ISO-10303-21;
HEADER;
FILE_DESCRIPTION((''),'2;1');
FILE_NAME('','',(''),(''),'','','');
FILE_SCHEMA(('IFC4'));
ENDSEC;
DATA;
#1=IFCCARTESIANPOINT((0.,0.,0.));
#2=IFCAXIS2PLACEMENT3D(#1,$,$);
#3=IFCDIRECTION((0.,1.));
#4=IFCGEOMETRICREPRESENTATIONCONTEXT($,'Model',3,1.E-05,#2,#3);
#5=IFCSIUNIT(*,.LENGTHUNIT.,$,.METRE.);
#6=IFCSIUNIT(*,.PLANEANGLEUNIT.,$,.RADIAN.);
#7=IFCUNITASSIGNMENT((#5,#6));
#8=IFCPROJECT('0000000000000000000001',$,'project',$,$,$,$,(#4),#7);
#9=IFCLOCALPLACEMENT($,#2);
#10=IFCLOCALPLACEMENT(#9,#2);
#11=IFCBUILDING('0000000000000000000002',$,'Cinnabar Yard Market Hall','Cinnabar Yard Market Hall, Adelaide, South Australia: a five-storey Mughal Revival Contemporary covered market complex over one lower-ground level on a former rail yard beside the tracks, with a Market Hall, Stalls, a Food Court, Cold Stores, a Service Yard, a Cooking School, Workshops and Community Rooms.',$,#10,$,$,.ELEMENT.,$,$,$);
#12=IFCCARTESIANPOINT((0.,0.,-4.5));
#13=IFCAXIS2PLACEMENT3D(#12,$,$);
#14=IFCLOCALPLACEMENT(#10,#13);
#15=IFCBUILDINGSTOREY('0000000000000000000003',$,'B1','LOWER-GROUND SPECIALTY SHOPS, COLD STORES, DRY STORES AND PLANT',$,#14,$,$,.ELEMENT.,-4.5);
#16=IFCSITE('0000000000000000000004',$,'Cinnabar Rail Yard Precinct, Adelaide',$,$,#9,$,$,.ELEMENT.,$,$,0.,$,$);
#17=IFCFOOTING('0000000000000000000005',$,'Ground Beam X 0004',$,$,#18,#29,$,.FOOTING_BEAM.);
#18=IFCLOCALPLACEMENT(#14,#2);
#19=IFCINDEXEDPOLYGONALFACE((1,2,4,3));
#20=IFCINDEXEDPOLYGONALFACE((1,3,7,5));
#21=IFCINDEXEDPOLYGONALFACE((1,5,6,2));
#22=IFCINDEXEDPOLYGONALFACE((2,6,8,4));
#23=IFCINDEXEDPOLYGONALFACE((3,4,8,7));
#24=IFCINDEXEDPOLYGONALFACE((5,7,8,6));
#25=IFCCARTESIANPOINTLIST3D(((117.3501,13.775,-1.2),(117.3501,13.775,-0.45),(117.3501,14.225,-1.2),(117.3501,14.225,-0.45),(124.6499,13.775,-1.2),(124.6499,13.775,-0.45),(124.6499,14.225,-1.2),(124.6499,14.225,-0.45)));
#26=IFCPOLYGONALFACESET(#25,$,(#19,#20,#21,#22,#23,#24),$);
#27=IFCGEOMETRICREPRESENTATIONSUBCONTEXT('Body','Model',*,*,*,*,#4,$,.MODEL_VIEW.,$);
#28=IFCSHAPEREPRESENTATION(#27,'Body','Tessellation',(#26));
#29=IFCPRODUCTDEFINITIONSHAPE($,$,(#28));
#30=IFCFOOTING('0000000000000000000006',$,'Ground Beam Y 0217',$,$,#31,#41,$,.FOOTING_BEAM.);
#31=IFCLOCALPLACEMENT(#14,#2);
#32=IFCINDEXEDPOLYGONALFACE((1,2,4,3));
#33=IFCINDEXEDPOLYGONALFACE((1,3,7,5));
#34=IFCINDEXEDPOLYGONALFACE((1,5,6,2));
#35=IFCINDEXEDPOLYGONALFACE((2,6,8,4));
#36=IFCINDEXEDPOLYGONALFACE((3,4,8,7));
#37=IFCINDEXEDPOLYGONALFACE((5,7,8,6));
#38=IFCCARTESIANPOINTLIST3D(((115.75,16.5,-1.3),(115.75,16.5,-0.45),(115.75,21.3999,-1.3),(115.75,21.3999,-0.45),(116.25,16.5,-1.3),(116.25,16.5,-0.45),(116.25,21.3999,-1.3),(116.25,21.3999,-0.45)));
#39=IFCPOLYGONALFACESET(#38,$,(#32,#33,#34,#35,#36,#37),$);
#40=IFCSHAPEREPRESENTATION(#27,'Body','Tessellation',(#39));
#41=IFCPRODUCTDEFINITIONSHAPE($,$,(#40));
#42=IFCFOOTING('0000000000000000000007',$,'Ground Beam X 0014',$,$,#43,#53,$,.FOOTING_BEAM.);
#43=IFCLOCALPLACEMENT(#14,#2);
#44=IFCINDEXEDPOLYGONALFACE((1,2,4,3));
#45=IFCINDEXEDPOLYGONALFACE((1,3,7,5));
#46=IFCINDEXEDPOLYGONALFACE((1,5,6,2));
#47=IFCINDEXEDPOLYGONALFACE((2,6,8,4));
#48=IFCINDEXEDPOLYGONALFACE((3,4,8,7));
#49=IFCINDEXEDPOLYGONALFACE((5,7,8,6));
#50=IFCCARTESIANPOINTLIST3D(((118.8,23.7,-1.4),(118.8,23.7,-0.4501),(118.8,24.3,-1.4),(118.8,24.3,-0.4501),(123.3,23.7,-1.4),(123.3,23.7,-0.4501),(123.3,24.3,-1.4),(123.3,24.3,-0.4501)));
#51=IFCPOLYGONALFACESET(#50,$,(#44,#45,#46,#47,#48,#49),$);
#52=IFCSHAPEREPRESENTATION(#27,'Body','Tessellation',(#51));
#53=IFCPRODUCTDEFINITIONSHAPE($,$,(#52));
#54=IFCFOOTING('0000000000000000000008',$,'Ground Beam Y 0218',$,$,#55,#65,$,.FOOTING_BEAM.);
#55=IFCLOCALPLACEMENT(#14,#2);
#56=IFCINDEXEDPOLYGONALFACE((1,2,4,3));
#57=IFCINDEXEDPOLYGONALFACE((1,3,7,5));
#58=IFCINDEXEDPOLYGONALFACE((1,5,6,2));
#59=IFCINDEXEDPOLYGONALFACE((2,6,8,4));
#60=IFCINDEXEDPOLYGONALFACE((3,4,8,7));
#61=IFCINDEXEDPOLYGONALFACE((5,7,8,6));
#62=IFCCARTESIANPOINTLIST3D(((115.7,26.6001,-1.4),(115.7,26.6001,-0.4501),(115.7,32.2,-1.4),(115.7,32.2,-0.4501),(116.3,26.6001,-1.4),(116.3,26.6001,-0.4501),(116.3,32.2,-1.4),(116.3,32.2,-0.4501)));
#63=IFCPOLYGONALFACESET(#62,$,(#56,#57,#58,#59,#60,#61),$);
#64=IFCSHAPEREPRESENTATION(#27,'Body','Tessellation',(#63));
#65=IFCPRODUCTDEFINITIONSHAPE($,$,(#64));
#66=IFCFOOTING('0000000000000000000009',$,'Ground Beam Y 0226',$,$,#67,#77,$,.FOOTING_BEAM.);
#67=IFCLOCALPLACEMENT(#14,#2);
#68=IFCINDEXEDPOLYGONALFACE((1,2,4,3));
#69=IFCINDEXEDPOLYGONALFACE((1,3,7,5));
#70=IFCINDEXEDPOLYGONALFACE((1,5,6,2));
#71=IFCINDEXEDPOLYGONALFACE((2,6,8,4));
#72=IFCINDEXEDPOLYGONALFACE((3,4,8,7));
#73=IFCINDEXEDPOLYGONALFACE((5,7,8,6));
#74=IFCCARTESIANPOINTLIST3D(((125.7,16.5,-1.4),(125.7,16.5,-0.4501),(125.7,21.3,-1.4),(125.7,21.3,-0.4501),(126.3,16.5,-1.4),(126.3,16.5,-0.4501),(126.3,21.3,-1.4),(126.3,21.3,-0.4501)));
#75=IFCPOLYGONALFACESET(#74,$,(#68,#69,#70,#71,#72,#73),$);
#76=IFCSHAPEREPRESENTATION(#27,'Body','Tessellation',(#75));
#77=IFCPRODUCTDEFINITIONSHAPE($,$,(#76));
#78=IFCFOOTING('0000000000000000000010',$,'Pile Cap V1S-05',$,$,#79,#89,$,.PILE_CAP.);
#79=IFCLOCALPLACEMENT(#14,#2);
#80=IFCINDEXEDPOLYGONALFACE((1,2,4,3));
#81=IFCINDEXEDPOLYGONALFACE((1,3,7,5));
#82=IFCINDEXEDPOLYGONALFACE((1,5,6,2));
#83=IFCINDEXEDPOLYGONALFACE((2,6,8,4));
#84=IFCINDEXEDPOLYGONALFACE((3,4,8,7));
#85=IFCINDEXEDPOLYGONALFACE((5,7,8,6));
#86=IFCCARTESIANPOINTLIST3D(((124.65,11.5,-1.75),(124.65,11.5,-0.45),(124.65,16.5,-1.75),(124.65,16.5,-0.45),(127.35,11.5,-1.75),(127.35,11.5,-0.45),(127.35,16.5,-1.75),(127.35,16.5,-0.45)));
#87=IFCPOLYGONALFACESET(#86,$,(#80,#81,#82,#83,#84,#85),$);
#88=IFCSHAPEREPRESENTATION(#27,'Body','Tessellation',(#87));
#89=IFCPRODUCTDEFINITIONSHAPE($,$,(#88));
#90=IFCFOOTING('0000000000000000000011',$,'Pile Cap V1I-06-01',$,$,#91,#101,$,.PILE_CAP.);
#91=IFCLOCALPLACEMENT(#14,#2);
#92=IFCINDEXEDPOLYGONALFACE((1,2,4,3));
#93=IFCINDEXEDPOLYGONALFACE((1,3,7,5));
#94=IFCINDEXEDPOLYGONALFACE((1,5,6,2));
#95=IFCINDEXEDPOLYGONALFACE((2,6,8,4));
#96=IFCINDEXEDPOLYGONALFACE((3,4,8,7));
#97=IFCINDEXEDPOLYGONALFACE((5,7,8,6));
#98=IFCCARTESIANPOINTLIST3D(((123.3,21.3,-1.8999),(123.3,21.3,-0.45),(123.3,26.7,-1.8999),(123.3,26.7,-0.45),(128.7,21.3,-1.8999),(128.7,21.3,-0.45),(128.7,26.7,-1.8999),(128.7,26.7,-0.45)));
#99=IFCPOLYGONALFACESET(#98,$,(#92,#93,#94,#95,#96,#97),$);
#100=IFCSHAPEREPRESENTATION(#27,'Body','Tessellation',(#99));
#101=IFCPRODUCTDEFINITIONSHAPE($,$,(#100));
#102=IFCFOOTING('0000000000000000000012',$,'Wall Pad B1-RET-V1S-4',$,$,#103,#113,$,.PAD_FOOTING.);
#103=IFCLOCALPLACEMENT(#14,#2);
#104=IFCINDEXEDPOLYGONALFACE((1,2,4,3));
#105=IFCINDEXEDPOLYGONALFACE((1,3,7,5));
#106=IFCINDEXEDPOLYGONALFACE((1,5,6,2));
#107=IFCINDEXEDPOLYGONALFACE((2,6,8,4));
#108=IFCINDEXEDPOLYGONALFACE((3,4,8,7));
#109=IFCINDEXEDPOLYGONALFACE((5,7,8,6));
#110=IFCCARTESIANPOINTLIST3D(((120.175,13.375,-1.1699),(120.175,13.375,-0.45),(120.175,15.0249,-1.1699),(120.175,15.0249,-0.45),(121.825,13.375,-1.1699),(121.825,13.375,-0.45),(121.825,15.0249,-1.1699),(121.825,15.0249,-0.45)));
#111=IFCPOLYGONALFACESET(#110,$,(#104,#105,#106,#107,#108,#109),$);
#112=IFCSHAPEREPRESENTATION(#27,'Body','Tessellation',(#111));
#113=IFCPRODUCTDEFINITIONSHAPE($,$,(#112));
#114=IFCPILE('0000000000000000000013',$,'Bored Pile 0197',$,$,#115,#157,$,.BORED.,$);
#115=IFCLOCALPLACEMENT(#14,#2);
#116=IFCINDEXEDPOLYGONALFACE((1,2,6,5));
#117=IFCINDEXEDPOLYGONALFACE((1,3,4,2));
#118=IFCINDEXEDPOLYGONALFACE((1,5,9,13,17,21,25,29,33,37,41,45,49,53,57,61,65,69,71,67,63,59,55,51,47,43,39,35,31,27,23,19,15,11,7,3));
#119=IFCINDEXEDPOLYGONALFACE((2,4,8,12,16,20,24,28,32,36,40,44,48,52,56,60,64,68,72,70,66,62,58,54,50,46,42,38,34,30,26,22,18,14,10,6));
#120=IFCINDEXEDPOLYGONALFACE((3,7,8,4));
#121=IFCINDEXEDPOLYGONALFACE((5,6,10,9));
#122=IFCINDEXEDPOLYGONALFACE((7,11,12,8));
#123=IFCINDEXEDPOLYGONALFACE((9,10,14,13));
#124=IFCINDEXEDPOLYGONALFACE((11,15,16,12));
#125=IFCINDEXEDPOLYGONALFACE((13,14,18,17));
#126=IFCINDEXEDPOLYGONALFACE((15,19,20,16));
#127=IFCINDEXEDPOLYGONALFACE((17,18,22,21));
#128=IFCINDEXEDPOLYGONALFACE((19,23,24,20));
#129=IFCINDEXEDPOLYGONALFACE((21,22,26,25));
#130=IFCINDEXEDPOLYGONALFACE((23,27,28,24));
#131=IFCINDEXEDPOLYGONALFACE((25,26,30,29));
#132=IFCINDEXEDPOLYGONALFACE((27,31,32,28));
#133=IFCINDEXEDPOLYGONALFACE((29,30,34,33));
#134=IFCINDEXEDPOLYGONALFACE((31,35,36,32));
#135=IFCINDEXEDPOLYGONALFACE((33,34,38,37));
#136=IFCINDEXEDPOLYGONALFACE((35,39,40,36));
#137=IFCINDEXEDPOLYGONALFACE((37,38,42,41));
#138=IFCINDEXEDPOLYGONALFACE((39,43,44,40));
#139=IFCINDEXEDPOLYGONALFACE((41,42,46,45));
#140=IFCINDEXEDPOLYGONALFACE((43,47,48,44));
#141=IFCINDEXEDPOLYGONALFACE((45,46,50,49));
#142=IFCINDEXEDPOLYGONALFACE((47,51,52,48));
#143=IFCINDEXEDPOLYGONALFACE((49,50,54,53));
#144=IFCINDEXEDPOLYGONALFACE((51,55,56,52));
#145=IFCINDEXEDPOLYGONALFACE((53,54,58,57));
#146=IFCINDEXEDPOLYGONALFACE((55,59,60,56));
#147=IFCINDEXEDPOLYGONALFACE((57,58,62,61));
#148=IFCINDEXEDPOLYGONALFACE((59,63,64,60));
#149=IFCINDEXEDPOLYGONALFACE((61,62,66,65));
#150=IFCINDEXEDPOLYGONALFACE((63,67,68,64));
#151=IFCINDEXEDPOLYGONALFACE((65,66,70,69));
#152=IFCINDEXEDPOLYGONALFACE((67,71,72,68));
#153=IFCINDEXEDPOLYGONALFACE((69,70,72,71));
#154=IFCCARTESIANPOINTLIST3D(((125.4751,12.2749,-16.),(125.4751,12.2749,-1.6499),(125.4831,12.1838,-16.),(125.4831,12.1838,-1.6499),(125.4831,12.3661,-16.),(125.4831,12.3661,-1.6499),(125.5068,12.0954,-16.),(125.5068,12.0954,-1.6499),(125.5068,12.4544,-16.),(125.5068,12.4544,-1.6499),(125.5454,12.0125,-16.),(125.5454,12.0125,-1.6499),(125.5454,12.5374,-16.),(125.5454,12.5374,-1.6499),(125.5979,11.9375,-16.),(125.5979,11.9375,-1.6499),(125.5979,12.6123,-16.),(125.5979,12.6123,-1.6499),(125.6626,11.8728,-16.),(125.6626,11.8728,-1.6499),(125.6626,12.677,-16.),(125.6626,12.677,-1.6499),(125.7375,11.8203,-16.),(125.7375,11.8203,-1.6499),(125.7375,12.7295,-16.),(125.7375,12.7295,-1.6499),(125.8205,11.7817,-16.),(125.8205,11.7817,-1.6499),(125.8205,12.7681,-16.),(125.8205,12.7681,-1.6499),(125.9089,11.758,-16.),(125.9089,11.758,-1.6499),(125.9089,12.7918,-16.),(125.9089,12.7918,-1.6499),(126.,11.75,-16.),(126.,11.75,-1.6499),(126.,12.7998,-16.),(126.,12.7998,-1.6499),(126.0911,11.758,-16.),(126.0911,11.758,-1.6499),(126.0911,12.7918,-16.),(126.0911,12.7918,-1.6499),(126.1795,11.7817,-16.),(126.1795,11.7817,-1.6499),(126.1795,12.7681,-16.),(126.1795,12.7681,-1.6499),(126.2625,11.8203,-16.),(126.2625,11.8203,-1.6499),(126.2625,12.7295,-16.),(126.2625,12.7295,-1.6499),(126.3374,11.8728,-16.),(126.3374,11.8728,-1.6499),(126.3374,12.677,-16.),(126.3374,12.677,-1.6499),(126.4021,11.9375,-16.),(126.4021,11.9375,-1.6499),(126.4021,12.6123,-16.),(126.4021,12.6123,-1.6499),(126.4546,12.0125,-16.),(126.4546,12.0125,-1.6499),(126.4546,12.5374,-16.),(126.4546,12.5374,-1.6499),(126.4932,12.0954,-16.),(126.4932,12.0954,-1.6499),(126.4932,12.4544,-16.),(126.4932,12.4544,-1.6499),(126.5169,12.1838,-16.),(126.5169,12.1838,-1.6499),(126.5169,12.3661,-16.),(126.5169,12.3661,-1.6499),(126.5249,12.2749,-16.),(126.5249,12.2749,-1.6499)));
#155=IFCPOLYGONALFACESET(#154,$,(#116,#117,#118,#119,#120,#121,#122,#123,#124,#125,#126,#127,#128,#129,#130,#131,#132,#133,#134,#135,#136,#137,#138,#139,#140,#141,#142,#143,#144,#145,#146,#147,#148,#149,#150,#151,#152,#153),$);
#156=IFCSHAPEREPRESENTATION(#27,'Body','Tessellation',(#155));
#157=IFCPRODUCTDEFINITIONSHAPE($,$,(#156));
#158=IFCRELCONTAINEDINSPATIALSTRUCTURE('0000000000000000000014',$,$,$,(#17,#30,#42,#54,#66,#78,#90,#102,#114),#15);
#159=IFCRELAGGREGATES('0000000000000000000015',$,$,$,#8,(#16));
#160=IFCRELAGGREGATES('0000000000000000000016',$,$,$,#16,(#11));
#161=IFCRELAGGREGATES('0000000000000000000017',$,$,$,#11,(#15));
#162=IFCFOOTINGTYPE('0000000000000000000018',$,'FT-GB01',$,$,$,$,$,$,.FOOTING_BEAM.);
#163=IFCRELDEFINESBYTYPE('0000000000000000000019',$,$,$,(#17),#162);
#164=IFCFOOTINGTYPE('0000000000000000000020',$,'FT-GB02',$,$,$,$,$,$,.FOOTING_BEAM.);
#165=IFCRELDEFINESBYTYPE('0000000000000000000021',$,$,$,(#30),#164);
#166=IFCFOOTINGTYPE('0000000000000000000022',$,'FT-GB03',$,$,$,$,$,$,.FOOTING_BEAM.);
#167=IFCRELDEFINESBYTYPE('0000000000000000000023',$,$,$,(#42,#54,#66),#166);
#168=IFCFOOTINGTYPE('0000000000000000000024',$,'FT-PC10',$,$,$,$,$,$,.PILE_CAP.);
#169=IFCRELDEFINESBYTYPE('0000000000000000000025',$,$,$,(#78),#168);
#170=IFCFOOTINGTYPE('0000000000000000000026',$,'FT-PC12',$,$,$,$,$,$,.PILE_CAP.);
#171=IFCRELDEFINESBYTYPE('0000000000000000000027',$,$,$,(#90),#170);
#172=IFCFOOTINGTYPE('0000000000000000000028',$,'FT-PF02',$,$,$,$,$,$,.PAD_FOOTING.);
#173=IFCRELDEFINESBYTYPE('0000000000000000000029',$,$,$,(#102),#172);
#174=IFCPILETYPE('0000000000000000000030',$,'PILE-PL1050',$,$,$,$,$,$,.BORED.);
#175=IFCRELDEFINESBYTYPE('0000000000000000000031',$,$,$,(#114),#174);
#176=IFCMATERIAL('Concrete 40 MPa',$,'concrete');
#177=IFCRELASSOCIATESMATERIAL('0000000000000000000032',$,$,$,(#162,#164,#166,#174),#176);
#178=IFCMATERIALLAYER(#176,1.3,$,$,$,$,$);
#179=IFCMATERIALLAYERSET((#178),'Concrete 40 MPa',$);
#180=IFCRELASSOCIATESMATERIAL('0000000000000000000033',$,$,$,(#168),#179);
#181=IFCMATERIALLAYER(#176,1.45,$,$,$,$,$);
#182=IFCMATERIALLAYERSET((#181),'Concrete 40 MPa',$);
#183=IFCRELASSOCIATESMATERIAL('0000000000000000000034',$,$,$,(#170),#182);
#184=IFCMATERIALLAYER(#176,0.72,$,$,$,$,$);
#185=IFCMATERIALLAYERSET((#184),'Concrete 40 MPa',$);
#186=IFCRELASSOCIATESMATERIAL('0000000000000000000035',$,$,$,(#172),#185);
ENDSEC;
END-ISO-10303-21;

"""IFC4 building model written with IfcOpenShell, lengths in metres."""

from ifc_helpers import new_model, si_unit, direction, frame, origin, origin_2d_with_axis, place, context, subcontext, project, spatial, rectangle, circle, extrude, material, layer, layer_set, material_profile, profile_set, type_object, element, save


model = new_model("IFC4")

# Units and contexts
model_context = context("Model", 3, precision=1e-05, world=origin(), true_north=direction((0.0, 1.0)))
body_context = subcontext(model_context, "Body", "Model", "MODEL_VIEW")
ifc_project = project(units=[si_unit("LENGTHUNIT", "METRE"), si_unit("PLANEANGLEUNIT", "RADIAN")], contexts=[model_context])

# Site, building, storey
site_placement = place(None, origin())
site = spatial("IfcSite", under=ifc_project, at=site_placement, Name="Cinnabar Rail Yard Precinct, Adelaide", CompositionType="ELEMENT", RefElevation=0.0)
building_placement = place(site_placement, origin())
building = spatial("IfcBuilding", under=site, at=building_placement, Name="Cinnabar Yard Market Hall", Description="Cinnabar Yard Market Hall, Adelaide, South Australia: a five-storey Mughal Revival Contemporary covered market complex over one lower-ground level on a former rail yard beside the tracks, with a Market Hall, Stalls, a Food Court, Cold Stores, a Service Yard, a Cooking School, Workshops and Community Rooms.", CompositionType="ELEMENT")
storey_placement = place(building_placement, frame((0.0, 0.0, -4.5)))
storey = spatial("IfcBuildingStorey", under=building, at=storey_placement, Name="B1", Description="LOWER-GROUND SPECIALTY SHOPS, COLD STORES, DRY STORES AND PLANT", CompositionType="ELEMENT", Elevation=-4.5)

# Footings
ifc_material_1 = material(Name="Concrete 40 MPa", Category="concrete")
ifc_material_profile_1 = material_profile(ifc_material_1, rectangle(XDim=0.45, YDim=0.75, at=origin_2d_with_axis()), Name="GB-450x750")
ifc_profile_set_1 = profile_set([ifc_material_profile_1], Name="Concrete 40 MPa")
footing_type_1 = type_object("IfcFootingType", Name="FT-GB01", PredefinedType="FOOTING_BEAM", material=ifc_profile_set_1)
footing_1_placement = place(storey_placement, frame((117.3501, 14.0, -0.825), z_axis=(1.0, 0.0, 0.0), x_axis=(0.0, 1.0, 0.0)))
element("IfcFooting", 1, at=footing_1_placement, inside=storey, type_object=footing_type_1, Name="Ground Beam X 0004", PredefinedType="FOOTING_BEAM", context=body_context, shape_type="SweptSolid", body=[
    extrude(rectangle(XDim=0.45, YDim=0.75, at=origin_2d_with_axis()), origin(), (0.0, 0.0, 1.0), 7.2998),
])
ifc_material_profile_2 = material_profile(ifc_material_1, rectangle(XDim=0.5, YDim=0.8501, at=origin_2d_with_axis()), Name="GB-500x850")
ifc_profile_set_2 = profile_set([ifc_material_profile_2], Name="Concrete 40 MPa")
footing_type_2 = type_object("IfcFootingType", Name="FT-GB02", PredefinedType="FOOTING_BEAM", material=ifc_profile_set_2)
footing_2_placement = place(storey_placement, frame((116.0, 16.5, -0.875), z_axis=(0.0, 1.0, 0.0), x_axis=(-1.0, 0.0, 0.0)))
element("IfcFooting", 2, at=footing_2_placement, inside=storey, type_object=footing_type_2, Name="Ground Beam Y 0217", PredefinedType="FOOTING_BEAM", context=body_context, shape_type="SweptSolid", body=[
    extrude(rectangle(XDim=0.5, YDim=0.8501, at=origin_2d_with_axis()), origin(), (0.0, 0.0, 1.0), 4.8999),
])
ifc_material_profile_3 = material_profile(ifc_material_1, rectangle(XDim=0.6001, YDim=0.95, at=origin_2d_with_axis()), Name="GB-600x950")
ifc_profile_set_3 = profile_set([ifc_material_profile_3], Name="Concrete 40 MPa")
footing_type_3 = type_object("IfcFootingType", Name="FT-GB03", PredefinedType="FOOTING_BEAM", material=ifc_profile_set_3)
footing_3_placement = place(storey_placement, frame((118.8, 24.0, -0.925), z_axis=(1.0, 0.0, 0.0), x_axis=(0.0, 1.0, 0.0)))
element("IfcFooting", 3, at=footing_3_placement, inside=storey, type_object=footing_type_3, Name="Ground Beam X 0014", PredefinedType="FOOTING_BEAM", context=body_context, shape_type="SweptSolid", body=[
    extrude(rectangle(XDim=0.6001, YDim=0.95, at=origin_2d_with_axis()), origin(), (0.0, 0.0, 1.0), 4.5),
])
footing_4_placement = place(storey_placement, frame((116.0, 26.6001, -0.925), z_axis=(0.0, 1.0, 0.0), x_axis=(-1.0, 0.0, 0.0)))
element("IfcFooting", 4, at=footing_4_placement, inside=storey, type_object=footing_type_3, Name="Ground Beam Y 0218", PredefinedType="FOOTING_BEAM", context=body_context, shape_type="SweptSolid", body=[
    extrude(rectangle(XDim=0.6001, YDim=0.95, at=origin_2d_with_axis()), origin(), (0.0, 0.0, 1.0), 5.5999),
])
footing_5_placement = place(storey_placement, frame((126.0, 16.5, -0.925), z_axis=(0.0, 1.0, 0.0), x_axis=(-1.0, 0.0, 0.0)))
element("IfcFooting", 5, at=footing_5_placement, inside=storey, type_object=footing_type_3, Name="Ground Beam Y 0226", PredefinedType="FOOTING_BEAM", context=body_context, shape_type="SweptSolid", body=[
    extrude(rectangle(XDim=0.6001, YDim=0.95, at=origin_2d_with_axis()), origin(), (0.0, 0.0, 1.0), 4.8),
])
ifc_layer_1 = layer(ifc_material_1, 1.3)
ifc_layer_set_1 = layer_set([ifc_layer_1], Name="Concrete 40 MPa")
footing_type_4 = type_object("IfcFootingType", Name="FT-PC10", PredefinedType="PILE_CAP", material=ifc_layer_set_1)
footing_6_placement = place(storey_placement, frame((126.0, 14.0, -1.75), z_axis=(0.0, 0.0, 1.0), x_axis=(1.0, 0.0, 0.0)))
element("IfcFooting", 6, at=footing_6_placement, inside=storey, type_object=footing_type_4, Name="Pile Cap V1S-05", PredefinedType="PILE_CAP", context=body_context, shape_type="SweptSolid", body=[
    extrude(rectangle(XDim=2.7, YDim=5.0, at=origin_2d_with_axis()), origin(), (0.0, 0.0, 1.0), 1.3),
])
ifc_layer_2 = layer(ifc_material_1, 1.45)
ifc_layer_set_2 = layer_set([ifc_layer_2], Name="Concrete 40 MPa")
footing_type_5 = type_object("IfcFootingType", Name="FT-PC12", PredefinedType="PILE_CAP", material=ifc_layer_set_2)
footing_7_placement = place(storey_placement, frame((126.0, 24.0, -1.8999), z_axis=(0.0, 0.0, 1.0), x_axis=(1.0, 0.0, 0.0)))
element("IfcFooting", 7, at=footing_7_placement, inside=storey, type_object=footing_type_5, Name="Pile Cap V1I-06-01", PredefinedType="PILE_CAP", context=body_context, shape_type="SweptSolid", body=[
    extrude(rectangle(XDim=5.3999, YDim=5.3999, at=origin_2d_with_axis()), origin(), (0.0, 0.0, 1.0), 1.45),
])
ifc_layer_3 = layer(ifc_material_1, 0.72)
ifc_layer_set_3 = layer_set([ifc_layer_3], Name="Concrete 40 MPa")
footing_type_6 = type_object("IfcFootingType", Name="FT-PF02", PredefinedType="PAD_FOOTING", material=ifc_layer_set_3)
footing_8_placement = place(storey_placement, frame((121.0, 14.2, -1.1699), z_axis=(0.0, 0.0, 1.0), x_axis=(1.0, 0.0, 0.0)))
element("IfcFooting", 8, at=footing_8_placement, inside=storey, type_object=footing_type_6, Name="Wall Pad B1-RET-V1S-4", PredefinedType="PAD_FOOTING", context=body_context, shape_type="SweptSolid", body=[
    extrude(rectangle(XDim=1.6499, YDim=1.6499, at=origin_2d_with_axis()), origin(), (0.0, 0.0, 1.0), 0.72),
])

# Pile
ifc_material_profile_4 = material_profile(ifc_material_1, circle(Radius=0.5249, at=origin_2d_with_axis()), Name="PILE-D1050")
ifc_profile_set_4 = profile_set([ifc_material_profile_4], Name="Concrete 40 MPa")
pile_type_1 = type_object("IfcPileType", Name="PILE-PL1050", PredefinedType="BORED", material=ifc_profile_set_4)
for number, where, z_axis, x_axis, name in (
    (9, (126.0, 12.2749, -1.6499), (0.0, 0.0, -1.0), (1.0, 0.0, 0.0), "Bored Pile 0197"),
):
    element("IfcPile", number, at=place(storey_placement, frame(where, z_axis=z_axis, x_axis=x_axis)), inside=storey, type_object=pile_type_1, Name=name, PredefinedType="BORED", context=body_context, shape_type="SweptSolid", body=[
        extrude(circle(Radius=0.5249, at=origin_2d_with_axis()), origin(), (0.0, 0.0, 1.0), 14.3501),
    ])

save(model, "model.ifc")
